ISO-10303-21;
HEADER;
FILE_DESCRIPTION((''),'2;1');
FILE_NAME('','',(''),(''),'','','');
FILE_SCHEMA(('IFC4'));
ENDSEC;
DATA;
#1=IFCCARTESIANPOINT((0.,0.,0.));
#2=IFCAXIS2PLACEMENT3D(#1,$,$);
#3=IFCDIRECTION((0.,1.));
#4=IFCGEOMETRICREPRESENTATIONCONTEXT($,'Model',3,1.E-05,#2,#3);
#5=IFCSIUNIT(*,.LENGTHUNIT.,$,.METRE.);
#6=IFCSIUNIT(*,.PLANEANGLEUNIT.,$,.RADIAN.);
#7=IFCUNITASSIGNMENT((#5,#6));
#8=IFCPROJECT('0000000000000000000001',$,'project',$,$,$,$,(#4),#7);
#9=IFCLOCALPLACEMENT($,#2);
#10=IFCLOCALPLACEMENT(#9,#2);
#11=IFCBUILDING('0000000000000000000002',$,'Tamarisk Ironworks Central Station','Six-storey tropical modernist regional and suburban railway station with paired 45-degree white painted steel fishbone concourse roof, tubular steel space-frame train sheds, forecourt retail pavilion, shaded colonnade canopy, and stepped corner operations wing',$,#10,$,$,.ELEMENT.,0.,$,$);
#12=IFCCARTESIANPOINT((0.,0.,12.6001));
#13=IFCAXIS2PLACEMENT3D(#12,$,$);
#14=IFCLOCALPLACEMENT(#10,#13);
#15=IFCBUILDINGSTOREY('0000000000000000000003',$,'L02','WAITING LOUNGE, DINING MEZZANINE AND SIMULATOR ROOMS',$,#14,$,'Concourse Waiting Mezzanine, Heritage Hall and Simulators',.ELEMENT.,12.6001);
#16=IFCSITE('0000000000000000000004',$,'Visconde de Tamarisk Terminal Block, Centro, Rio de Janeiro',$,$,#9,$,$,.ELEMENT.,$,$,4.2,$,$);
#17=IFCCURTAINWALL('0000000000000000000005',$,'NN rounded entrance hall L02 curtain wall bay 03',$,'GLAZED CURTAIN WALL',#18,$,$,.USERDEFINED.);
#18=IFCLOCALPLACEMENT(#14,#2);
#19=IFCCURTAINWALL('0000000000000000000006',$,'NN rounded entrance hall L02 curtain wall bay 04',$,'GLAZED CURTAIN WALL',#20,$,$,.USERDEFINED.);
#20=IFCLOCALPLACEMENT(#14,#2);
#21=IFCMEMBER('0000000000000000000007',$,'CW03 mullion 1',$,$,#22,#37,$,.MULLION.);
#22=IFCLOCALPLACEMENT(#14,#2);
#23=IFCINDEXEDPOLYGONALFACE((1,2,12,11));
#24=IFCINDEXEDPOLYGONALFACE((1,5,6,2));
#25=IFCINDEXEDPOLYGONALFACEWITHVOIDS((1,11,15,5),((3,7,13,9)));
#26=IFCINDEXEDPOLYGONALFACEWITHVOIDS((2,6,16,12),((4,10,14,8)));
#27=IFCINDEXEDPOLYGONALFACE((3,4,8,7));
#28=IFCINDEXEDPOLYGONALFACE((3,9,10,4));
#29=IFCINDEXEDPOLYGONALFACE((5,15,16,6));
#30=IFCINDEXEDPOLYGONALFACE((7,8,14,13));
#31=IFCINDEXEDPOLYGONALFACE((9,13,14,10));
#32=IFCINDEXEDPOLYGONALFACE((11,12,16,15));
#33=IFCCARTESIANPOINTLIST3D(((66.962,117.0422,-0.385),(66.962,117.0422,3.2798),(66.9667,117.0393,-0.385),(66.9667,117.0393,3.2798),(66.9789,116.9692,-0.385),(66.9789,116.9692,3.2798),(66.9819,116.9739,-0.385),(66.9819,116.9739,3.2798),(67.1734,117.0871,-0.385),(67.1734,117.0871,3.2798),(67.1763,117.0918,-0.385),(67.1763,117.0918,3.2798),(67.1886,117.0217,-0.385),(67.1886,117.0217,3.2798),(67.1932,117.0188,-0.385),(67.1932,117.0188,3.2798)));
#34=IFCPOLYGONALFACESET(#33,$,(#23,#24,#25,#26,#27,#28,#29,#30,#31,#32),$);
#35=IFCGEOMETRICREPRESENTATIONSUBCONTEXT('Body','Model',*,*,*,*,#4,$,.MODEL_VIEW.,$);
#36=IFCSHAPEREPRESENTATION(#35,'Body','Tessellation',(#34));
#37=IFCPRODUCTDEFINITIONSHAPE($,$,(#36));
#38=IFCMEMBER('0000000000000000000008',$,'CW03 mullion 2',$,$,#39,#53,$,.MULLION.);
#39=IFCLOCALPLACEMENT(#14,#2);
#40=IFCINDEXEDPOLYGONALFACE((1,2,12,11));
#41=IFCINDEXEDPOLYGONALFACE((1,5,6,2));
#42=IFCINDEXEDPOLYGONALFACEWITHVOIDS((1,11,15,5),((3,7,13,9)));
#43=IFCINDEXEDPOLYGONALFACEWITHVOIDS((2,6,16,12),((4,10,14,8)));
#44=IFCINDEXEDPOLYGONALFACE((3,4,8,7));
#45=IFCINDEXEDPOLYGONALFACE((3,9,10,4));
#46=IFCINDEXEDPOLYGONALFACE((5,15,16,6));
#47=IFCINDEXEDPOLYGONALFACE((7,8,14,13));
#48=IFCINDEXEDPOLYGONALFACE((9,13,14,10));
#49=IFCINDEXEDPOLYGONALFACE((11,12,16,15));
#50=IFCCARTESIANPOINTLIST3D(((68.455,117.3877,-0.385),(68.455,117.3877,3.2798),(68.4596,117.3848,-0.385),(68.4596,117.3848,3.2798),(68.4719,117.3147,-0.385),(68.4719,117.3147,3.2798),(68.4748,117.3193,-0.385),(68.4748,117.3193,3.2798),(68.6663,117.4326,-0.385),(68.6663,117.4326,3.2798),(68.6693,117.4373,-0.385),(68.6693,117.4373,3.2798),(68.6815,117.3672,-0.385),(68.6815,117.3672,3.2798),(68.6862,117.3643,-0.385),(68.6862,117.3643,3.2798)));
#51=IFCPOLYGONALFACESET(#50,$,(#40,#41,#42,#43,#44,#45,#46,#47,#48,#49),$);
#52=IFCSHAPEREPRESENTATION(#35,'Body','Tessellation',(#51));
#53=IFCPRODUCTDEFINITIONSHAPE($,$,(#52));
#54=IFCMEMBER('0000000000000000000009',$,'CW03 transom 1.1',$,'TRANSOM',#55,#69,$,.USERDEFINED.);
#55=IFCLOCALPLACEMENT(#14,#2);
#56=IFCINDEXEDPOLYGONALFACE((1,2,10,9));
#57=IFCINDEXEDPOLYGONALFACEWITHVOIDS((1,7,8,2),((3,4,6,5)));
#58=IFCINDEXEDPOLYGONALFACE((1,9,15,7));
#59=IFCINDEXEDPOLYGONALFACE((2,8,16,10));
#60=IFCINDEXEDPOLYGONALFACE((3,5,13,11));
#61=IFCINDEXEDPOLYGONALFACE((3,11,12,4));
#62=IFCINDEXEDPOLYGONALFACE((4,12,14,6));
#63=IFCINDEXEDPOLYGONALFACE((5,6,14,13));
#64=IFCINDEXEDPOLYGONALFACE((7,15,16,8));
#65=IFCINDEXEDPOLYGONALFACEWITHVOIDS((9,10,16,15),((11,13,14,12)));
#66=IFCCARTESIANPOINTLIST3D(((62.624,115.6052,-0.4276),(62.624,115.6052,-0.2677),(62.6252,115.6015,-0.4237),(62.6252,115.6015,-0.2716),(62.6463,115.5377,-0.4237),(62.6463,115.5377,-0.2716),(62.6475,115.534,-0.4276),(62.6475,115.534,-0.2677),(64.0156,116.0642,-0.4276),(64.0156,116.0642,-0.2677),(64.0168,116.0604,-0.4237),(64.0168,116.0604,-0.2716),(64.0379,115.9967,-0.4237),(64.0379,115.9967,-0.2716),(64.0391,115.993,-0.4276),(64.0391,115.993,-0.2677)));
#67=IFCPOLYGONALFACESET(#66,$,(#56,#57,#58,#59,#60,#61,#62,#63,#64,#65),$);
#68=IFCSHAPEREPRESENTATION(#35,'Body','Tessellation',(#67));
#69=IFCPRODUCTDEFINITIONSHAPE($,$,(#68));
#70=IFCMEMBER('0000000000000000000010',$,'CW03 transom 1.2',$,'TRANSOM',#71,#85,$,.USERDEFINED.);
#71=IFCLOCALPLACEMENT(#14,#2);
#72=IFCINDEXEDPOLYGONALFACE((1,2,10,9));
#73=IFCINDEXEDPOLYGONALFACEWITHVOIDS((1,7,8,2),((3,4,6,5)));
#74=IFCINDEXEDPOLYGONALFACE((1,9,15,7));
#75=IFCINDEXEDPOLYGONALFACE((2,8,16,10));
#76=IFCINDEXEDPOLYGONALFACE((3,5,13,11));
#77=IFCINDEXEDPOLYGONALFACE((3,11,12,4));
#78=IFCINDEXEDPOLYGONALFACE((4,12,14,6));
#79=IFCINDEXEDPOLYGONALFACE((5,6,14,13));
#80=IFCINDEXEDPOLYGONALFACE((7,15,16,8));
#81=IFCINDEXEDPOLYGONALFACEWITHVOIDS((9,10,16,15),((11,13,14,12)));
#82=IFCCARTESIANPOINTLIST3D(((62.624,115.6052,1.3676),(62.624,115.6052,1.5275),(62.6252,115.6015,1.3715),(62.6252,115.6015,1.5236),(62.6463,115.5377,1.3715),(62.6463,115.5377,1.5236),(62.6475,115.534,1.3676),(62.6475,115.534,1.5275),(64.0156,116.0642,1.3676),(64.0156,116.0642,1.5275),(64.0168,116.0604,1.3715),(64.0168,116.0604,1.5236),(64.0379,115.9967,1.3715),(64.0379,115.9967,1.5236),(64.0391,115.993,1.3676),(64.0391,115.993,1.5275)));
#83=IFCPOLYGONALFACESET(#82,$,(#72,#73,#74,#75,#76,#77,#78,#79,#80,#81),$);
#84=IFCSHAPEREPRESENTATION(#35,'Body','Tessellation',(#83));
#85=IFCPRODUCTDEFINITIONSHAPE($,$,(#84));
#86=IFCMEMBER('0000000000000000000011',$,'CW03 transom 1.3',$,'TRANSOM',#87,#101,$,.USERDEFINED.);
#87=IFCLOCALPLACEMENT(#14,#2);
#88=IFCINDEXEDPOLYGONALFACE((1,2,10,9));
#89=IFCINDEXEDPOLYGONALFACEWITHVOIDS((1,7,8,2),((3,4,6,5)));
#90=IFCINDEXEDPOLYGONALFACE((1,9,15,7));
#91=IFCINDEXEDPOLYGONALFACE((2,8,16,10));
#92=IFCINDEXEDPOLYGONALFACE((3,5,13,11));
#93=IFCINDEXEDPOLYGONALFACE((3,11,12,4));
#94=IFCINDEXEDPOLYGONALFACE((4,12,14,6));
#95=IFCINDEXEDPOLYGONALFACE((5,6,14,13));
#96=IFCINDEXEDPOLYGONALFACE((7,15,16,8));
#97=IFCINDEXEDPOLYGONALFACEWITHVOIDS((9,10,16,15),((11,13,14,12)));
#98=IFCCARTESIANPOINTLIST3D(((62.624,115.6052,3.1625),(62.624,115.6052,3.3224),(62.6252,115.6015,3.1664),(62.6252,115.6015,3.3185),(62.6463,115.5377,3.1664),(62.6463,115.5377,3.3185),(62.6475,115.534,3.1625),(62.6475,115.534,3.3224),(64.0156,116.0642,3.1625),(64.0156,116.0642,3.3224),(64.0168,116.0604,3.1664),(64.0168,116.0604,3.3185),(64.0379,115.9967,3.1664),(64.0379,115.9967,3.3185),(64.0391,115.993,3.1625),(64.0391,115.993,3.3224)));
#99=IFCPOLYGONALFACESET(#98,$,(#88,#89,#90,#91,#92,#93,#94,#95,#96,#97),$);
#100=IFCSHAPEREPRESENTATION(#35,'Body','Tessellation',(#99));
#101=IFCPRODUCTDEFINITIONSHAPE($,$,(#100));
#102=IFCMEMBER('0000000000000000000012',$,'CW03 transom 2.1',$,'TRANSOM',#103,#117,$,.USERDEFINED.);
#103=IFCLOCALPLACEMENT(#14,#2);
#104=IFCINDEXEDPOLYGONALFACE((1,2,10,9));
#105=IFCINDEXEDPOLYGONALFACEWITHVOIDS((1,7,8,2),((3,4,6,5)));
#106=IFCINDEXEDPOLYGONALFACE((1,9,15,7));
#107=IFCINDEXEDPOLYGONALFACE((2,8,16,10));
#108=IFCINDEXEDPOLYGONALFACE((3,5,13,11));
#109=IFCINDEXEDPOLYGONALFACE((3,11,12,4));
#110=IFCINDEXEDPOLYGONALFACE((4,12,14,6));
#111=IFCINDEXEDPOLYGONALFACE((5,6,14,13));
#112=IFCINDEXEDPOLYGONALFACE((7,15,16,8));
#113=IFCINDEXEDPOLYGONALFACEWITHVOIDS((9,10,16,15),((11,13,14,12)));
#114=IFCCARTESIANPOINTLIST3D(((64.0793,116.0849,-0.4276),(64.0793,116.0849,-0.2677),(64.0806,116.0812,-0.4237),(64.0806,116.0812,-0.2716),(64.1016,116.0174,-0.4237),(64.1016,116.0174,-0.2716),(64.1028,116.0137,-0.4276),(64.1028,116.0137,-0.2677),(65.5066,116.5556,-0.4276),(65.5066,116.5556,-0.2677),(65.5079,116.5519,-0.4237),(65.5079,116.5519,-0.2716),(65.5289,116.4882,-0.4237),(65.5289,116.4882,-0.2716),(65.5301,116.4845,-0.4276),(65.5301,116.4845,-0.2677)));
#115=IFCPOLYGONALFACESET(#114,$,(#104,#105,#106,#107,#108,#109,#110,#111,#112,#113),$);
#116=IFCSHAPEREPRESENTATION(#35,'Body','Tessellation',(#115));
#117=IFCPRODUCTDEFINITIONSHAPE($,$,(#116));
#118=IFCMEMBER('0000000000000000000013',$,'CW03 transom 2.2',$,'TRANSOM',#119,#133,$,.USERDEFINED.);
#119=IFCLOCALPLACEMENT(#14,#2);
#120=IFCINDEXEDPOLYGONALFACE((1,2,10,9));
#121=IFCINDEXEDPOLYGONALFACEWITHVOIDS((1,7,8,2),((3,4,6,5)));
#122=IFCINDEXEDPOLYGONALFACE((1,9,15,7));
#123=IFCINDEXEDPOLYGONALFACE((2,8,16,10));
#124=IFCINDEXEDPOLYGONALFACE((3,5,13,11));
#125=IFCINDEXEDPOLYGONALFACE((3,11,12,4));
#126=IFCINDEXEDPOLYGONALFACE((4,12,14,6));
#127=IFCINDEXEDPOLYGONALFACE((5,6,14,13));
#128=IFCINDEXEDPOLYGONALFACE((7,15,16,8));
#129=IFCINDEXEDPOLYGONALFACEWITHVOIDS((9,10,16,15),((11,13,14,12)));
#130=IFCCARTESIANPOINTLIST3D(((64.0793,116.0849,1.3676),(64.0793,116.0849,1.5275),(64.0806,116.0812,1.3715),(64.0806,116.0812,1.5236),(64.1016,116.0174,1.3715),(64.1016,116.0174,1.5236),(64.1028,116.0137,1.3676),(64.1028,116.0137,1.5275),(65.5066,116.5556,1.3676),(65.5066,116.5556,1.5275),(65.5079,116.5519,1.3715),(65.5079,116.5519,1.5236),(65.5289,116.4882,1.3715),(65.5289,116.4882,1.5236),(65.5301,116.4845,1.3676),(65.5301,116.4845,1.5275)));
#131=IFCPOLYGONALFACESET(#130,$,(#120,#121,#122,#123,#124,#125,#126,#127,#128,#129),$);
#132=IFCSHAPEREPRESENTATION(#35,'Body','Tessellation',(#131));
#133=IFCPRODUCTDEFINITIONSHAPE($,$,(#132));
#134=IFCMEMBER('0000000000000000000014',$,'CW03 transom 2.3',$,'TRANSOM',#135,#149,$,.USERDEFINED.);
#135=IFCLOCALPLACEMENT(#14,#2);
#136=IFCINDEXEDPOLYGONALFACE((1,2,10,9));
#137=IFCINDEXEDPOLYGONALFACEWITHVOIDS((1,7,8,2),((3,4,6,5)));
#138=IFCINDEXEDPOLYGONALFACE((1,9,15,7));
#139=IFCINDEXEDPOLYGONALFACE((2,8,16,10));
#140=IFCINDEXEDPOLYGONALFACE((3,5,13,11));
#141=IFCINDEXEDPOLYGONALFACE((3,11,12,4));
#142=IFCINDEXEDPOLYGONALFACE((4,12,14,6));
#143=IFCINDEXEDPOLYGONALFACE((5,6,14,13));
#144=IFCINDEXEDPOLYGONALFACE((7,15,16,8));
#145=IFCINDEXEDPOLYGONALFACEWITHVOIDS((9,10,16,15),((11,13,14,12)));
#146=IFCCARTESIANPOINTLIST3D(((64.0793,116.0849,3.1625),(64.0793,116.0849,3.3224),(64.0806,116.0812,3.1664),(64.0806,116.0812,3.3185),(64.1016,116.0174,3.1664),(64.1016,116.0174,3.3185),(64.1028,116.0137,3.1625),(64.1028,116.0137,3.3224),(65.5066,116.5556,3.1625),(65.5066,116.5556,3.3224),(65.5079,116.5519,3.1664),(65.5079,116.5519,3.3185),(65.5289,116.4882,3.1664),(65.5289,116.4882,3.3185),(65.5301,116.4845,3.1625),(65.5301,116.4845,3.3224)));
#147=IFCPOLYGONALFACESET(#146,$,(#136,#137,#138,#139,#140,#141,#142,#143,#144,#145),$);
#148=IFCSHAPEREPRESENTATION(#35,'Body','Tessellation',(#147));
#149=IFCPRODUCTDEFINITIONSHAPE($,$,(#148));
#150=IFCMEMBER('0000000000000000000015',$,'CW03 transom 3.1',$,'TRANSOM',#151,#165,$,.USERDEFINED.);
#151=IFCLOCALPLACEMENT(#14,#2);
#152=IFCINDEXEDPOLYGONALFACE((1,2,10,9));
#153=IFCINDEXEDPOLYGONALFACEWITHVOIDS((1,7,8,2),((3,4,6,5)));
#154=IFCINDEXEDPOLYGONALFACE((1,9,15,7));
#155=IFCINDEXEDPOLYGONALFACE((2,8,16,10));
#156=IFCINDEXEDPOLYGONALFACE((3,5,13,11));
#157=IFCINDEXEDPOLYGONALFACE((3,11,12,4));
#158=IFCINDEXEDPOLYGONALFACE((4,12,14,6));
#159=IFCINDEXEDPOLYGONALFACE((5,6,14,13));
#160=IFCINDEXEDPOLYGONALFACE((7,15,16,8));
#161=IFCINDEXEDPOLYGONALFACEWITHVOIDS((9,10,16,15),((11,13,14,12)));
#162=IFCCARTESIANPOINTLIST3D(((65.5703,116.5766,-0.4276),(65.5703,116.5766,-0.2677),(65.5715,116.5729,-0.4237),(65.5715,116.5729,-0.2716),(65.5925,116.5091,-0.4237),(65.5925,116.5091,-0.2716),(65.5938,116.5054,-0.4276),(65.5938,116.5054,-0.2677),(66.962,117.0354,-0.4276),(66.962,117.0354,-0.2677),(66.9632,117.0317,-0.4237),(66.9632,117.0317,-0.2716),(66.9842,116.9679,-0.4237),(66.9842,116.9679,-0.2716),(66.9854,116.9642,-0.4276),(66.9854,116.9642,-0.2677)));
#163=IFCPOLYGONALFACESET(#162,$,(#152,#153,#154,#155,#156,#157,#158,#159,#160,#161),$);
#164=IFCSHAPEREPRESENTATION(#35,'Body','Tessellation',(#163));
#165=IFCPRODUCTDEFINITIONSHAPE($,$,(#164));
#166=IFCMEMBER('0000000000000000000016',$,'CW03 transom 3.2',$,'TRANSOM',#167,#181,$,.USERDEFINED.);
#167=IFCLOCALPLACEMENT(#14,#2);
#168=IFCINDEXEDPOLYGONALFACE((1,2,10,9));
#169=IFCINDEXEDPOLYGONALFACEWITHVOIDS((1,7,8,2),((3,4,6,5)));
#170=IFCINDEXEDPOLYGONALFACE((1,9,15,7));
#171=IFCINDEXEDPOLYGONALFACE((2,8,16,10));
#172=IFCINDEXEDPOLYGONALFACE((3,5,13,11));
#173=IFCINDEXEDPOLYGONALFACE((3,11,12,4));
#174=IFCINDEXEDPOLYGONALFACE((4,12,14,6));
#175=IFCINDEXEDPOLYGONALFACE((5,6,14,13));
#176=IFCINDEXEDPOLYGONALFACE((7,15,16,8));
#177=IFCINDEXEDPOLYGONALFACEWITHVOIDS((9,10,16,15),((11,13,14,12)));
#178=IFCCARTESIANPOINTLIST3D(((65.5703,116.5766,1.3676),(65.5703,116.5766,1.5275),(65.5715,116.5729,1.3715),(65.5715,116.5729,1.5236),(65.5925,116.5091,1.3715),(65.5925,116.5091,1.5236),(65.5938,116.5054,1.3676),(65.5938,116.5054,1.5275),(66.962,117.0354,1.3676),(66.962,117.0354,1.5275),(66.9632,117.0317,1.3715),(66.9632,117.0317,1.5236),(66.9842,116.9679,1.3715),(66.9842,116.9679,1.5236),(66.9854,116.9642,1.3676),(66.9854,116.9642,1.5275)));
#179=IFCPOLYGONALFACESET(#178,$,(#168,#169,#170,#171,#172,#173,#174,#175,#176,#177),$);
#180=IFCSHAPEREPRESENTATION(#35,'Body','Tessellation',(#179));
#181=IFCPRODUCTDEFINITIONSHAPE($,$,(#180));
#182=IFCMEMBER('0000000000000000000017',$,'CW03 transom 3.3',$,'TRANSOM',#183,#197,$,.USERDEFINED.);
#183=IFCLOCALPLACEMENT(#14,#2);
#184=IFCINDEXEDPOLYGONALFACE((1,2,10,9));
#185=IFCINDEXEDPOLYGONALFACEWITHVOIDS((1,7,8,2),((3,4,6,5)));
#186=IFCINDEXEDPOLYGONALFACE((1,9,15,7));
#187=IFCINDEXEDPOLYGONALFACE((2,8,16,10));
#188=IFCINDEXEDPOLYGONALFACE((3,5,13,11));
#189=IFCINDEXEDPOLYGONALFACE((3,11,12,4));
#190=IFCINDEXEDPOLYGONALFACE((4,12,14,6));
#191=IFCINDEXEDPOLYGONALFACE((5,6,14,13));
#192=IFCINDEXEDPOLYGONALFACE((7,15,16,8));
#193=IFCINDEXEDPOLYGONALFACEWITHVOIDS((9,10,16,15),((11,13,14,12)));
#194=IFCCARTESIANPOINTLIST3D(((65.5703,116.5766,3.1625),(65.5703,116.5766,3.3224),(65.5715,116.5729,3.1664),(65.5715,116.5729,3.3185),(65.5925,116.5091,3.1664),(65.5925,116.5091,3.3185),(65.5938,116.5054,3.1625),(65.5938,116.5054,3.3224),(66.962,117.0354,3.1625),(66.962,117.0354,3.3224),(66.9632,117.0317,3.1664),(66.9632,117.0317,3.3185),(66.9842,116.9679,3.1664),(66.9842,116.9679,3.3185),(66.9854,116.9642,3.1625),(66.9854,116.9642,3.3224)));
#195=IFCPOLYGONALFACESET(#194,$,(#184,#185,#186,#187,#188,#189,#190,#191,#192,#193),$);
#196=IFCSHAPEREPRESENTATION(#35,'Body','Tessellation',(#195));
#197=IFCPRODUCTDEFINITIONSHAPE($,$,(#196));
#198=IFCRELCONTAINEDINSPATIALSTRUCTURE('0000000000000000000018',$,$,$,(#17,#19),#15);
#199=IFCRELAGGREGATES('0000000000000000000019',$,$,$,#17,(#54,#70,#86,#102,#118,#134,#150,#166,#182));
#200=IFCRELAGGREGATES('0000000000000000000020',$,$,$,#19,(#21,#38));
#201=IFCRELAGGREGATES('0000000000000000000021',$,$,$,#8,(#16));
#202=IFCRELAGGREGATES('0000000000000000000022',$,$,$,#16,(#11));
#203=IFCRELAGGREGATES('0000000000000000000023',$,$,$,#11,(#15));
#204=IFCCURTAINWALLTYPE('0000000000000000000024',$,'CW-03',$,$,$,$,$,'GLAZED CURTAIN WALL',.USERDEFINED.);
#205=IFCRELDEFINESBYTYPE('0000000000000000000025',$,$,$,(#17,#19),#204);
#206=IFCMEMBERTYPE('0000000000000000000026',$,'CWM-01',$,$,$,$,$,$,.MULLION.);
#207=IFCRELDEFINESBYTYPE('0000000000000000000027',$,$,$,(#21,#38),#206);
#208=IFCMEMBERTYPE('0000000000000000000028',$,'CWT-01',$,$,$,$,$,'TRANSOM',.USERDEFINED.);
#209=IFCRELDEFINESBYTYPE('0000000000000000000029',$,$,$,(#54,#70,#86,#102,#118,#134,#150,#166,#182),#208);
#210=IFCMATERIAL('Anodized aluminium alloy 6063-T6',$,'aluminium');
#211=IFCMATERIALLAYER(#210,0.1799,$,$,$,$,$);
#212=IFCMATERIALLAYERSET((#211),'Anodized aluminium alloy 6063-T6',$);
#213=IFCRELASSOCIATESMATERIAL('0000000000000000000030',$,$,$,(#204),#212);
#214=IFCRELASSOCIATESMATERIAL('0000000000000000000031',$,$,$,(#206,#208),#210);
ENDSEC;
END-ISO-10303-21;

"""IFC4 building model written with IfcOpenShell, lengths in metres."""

from ifc_helpers import new_model, si_unit, direction, frame, origin, origin_2d, place, context, subcontext, project, spatial, hollow_rectangle, extrude, material, layer, layer_set, material_profile, profile_set, type_object, element, aggregate, save


model = new_model("IFC4")

# Units and contexts
model_context = context("Model", 3, precision=1e-05, world=origin(), true_north=direction((0.0, 1.0)))
body_context = subcontext(model_context, "Body", "Model", "MODEL_VIEW")
ifc_project = project(units=[si_unit("LENGTHUNIT", "METRE"), si_unit("PLANEANGLEUNIT", "RADIAN")], contexts=[model_context])

# Site, building, storey
site_placement = place(None, origin())
site = spatial("IfcSite", under=ifc_project, at=site_placement, Name="Visconde de Tamarisk Terminal Block, Centro, Rio de Janeiro", CompositionType="ELEMENT", RefElevation=4.2)
building_placement = place(site_placement, origin())
building = spatial("IfcBuilding", under=site, at=building_placement, Name="Tamarisk Ironworks Central Station", Description="Six-storey tropical modernist regional and suburban railway station with paired 45-degree white painted steel fishbone concourse roof, tubular steel space-frame train sheds, forecourt retail pavilion, shaded colonnade canopy, and stepped corner operations wing", CompositionType="ELEMENT", ElevationOfRefHeight=0.0)
storey_placement = place(building_placement, frame((0.0, 0.0, 12.6001)))
storey = spatial("IfcBuildingStorey", under=building, at=storey_placement, Name="L02", Description="WAITING LOUNGE, DINING MEZZANINE AND SIMULATOR ROOMS", LongName="Concourse Waiting Mezzanine, Heritage Hall and Simulators", CompositionType="ELEMENT", Elevation=12.6001)

# Shared definitions
ifc_material_1 = material(Name="Anodized aluminium alloy 6063-T6", Category="aluminium")
ifc_layer_1 = layer(ifc_material_1, 0.1799)
ifc_layer_set_1 = layer_set([ifc_layer_1], Name="Anodized aluminium alloy 6063-T6")
curtain_wall_type = type_object("IfcCurtainWallType", Name="CW-03", ElementType="GLAZED CURTAIN WALL", PredefinedType="USERDEFINED", material=ifc_layer_set_1)
ifc_material_profile_1 = material_profile(ifc_material_1, hollow_rectangle(XDim=0.075, YDim=0.22, WallThickness=0.0039, at=origin_2d()), Name="ALUM 220x75")
ifc_profile_set_1 = profile_set([ifc_material_profile_1], Name="Anodized aluminium alloy 6063-T6")
member_type_1 = type_object("IfcMemberType", Name="CWM-01", PredefinedType="MULLION", material=ifc_profile_set_1)

# Curtain walls, members
curtain_wall_1_placement = place(storey_placement, origin())
curtain_wall_1 = element("IfcCurtainWall", 1, at=curtain_wall_1_placement, inside=storey, type_object=curtain_wall_type, Name="NN rounded entrance hall L02 curtain wall bay 03", ObjectType="GLAZED CURTAIN WALL", PredefinedType="USERDEFINED")
curtain_wall_2_placement = place(storey_placement, origin())
curtain_wall_2 = element("IfcCurtainWall", 2, at=curtain_wall_2_placement, inside=storey, type_object=curtain_wall_type, Name="NN rounded entrance hall L02 curtain wall bay 04", ObjectType="GLAZED CURTAIN WALL", PredefinedType="USERDEFINED")
member_1_placement = place(storey_placement, frame((67.0776, 117.0305, -0.385), z_axis=(0.0, 0.0, 1.0), x_axis=(-0.225517, 0.974239, 0.0)))
member_1 = element("IfcMember", 3, at=member_1_placement, type_object=member_type_1, Name="CW03 mullion 1", PredefinedType="MULLION", context=body_context, shape_type="SweptSolid", body=[
    extrude(hollow_rectangle(XDim=0.075, YDim=0.22, WallThickness=0.0039, at=origin_2d()), origin(), (0.0, 0.0, 1.0), 3.6648),
])
member_2_placement = place(storey_placement, frame((68.5706, 117.376, -0.385), z_axis=(0.0, 0.0, 1.0), x_axis=(-0.225517, 0.974239, 0.0)))
member_2 = element("IfcMember", 4, at=member_2_placement, type_object=member_type_1, Name="CW03 mullion 2", PredefinedType="MULLION", context=body_context, shape_type="SweptSolid", body=[
    extrude(hollow_rectangle(XDim=0.075, YDim=0.22, WallThickness=0.0039, at=origin_2d()), origin(), (0.0, 0.0, 1.0), 3.6648),
])

# Members
ifc_material_profile_2 = material_profile(ifc_material_1, hollow_rectangle(XDim=0.075, YDim=0.1599, WallThickness=0.0039, at=origin_2d()), Name="ALUM 160x75")
ifc_profile_set_2 = profile_set([ifc_material_profile_2], Name="Anodized aluminium alloy 6063-T6")
member_type_2 = type_object("IfcMemberType", Name="CWT-01", ElementType="TRANSOM", PredefinedType="USERDEFINED", material=ifc_profile_set_2)
member_3_placement = place(storey_placement, frame((62.6357, 115.5696, -0.3477), z_axis=(0.949678, 0.313227, 0.0), x_axis=(-0.313227, 0.949678, 0.0)))
member_3 = element("IfcMember", 5, at=member_3_placement, type_object=member_type_2, Name="CW03 transom 1.1", ObjectType="TRANSOM", PredefinedType="USERDEFINED", context=body_context, shape_type="SweptSolid", body=[
    extrude(hollow_rectangle(XDim=0.075, YDim=0.1599, WallThickness=0.0039, at=origin_2d()), origin(), (0.0, 0.0, 1.0), 1.4653),
])
member_4_placement = place(storey_placement, frame((62.6357, 115.5696, 1.4475), z_axis=(0.949678, 0.313227, 0.0), x_axis=(-0.313227, 0.949678, 0.0)))
member_4 = element("IfcMember", 6, at=member_4_placement, type_object=member_type_2, Name="CW03 transom 1.2", ObjectType="TRANSOM", PredefinedType="USERDEFINED", context=body_context, shape_type="SweptSolid", body=[
    extrude(hollow_rectangle(XDim=0.075, YDim=0.1599, WallThickness=0.0039, at=origin_2d()), origin(), (0.0, 0.0, 1.0), 1.4653),
])
member_5_placement = place(storey_placement, frame((62.6357, 115.5696, 3.2424), z_axis=(0.949678, 0.313227, 0.0), x_axis=(-0.313227, 0.949678, 0.0)))
member_5 = element("IfcMember", 7, at=member_5_placement, type_object=member_type_2, Name="CW03 transom 1.3", ObjectType="TRANSOM", PredefinedType="USERDEFINED", context=body_context, shape_type="SweptSolid", body=[
    extrude(hollow_rectangle(XDim=0.075, YDim=0.1599, WallThickness=0.0039, at=origin_2d()), origin(), (0.0, 0.0, 1.0), 1.4653),
])
member_6_placement = place(storey_placement, frame((64.0911, 116.0493, -0.3477), z_axis=(0.949686, 0.313205, 0.0), x_axis=(-0.313205, 0.949686, 0.0)))
member_6 = element("IfcMember", 8, at=member_6_placement, type_object=member_type_2, Name="CW03 transom 2.1", ObjectType="TRANSOM", PredefinedType="USERDEFINED", context=body_context, shape_type="SweptSolid", body=[
    extrude(hollow_rectangle(XDim=0.075, YDim=0.1599, WallThickness=0.0039, at=origin_2d()), origin(), (0.0, 0.0, 1.0), 1.5029),
])
member_7_placement = place(storey_placement, frame((64.0911, 116.0493, 1.4475), z_axis=(0.949686, 0.313205, 0.0), x_axis=(-0.313205, 0.949686, 0.0)))
member_7 = element("IfcMember", 9, at=member_7_placement, type_object=member_type_2, Name="CW03 transom 2.2", ObjectType="TRANSOM", PredefinedType="USERDEFINED", context=body_context, shape_type="SweptSolid", body=[
    extrude(hollow_rectangle(XDim=0.075, YDim=0.1599, WallThickness=0.0039, at=origin_2d()), origin(), (0.0, 0.0, 1.0), 1.5029),
])
member_8_placement = place(storey_placement, frame((64.0911, 116.0493, 3.2424), z_axis=(0.949686, 0.313205, 0.0), x_axis=(-0.313205, 0.949686, 0.0)))
member_8 = element("IfcMember", 10, at=member_8_placement, type_object=member_type_2, Name="CW03 transom 2.3", ObjectType="TRANSOM", PredefinedType="USERDEFINED", context=body_context, shape_type="SweptSolid", body=[
    extrude(hollow_rectangle(XDim=0.075, YDim=0.1599, WallThickness=0.0039, at=origin_2d()), origin(), (0.0, 0.0, 1.0), 1.5029),
])
member_9_placement = place(storey_placement, frame((65.582, 116.541, -0.3477), z_axis=(0.949728, 0.313077, 0.0), x_axis=(-0.313077, 0.949728, 0.0)))
member_9 = element("IfcMember", 11, at=member_9_placement, type_object=member_type_2, Name="CW03 transom 3.1", ObjectType="TRANSOM", PredefinedType="USERDEFINED", context=body_context, shape_type="SweptSolid", body=[
    extrude(hollow_rectangle(XDim=0.075, YDim=0.1599, WallThickness=0.0039, at=origin_2d()), origin(), (0.0, 0.0, 1.0), 1.4653),
])
member_10_placement = place(storey_placement, frame((65.582, 116.541, 1.4475), z_axis=(0.949728, 0.313077, 0.0), x_axis=(-0.313077, 0.949728, 0.0)))
member_10 = element("IfcMember", 12, at=member_10_placement, type_object=member_type_2, Name="CW03 transom 3.2", ObjectType="TRANSOM", PredefinedType="USERDEFINED", context=body_context, shape_type="SweptSolid", body=[
    extrude(hollow_rectangle(XDim=0.075, YDim=0.1599, WallThickness=0.0039, at=origin_2d()), origin(), (0.0, 0.0, 1.0), 1.4653),
])
member_11_placement = place(storey_placement, frame((65.582, 116.541, 3.2424), z_axis=(0.949728, 0.313077, 0.0), x_axis=(-0.313077, 0.949728, 0.0)))
member_11 = element("IfcMember", 13, at=member_11_placement, type_object=member_type_2, Name="CW03 transom 3.3", ObjectType="TRANSOM", PredefinedType="USERDEFINED", context=body_context, shape_type="SweptSolid", body=[
    extrude(hollow_rectangle(XDim=0.075, YDim=0.1599, WallThickness=0.0039, at=origin_2d()), origin(), (0.0, 0.0, 1.0), 1.4653),
])

aggregate(curtain_wall_1, [member_3, member_4, member_5, member_6, member_7, member_8, member_9, member_10, member_11])
aggregate(curtain_wall_2, [member_1, member_2])

save(model, "model.ifc")
